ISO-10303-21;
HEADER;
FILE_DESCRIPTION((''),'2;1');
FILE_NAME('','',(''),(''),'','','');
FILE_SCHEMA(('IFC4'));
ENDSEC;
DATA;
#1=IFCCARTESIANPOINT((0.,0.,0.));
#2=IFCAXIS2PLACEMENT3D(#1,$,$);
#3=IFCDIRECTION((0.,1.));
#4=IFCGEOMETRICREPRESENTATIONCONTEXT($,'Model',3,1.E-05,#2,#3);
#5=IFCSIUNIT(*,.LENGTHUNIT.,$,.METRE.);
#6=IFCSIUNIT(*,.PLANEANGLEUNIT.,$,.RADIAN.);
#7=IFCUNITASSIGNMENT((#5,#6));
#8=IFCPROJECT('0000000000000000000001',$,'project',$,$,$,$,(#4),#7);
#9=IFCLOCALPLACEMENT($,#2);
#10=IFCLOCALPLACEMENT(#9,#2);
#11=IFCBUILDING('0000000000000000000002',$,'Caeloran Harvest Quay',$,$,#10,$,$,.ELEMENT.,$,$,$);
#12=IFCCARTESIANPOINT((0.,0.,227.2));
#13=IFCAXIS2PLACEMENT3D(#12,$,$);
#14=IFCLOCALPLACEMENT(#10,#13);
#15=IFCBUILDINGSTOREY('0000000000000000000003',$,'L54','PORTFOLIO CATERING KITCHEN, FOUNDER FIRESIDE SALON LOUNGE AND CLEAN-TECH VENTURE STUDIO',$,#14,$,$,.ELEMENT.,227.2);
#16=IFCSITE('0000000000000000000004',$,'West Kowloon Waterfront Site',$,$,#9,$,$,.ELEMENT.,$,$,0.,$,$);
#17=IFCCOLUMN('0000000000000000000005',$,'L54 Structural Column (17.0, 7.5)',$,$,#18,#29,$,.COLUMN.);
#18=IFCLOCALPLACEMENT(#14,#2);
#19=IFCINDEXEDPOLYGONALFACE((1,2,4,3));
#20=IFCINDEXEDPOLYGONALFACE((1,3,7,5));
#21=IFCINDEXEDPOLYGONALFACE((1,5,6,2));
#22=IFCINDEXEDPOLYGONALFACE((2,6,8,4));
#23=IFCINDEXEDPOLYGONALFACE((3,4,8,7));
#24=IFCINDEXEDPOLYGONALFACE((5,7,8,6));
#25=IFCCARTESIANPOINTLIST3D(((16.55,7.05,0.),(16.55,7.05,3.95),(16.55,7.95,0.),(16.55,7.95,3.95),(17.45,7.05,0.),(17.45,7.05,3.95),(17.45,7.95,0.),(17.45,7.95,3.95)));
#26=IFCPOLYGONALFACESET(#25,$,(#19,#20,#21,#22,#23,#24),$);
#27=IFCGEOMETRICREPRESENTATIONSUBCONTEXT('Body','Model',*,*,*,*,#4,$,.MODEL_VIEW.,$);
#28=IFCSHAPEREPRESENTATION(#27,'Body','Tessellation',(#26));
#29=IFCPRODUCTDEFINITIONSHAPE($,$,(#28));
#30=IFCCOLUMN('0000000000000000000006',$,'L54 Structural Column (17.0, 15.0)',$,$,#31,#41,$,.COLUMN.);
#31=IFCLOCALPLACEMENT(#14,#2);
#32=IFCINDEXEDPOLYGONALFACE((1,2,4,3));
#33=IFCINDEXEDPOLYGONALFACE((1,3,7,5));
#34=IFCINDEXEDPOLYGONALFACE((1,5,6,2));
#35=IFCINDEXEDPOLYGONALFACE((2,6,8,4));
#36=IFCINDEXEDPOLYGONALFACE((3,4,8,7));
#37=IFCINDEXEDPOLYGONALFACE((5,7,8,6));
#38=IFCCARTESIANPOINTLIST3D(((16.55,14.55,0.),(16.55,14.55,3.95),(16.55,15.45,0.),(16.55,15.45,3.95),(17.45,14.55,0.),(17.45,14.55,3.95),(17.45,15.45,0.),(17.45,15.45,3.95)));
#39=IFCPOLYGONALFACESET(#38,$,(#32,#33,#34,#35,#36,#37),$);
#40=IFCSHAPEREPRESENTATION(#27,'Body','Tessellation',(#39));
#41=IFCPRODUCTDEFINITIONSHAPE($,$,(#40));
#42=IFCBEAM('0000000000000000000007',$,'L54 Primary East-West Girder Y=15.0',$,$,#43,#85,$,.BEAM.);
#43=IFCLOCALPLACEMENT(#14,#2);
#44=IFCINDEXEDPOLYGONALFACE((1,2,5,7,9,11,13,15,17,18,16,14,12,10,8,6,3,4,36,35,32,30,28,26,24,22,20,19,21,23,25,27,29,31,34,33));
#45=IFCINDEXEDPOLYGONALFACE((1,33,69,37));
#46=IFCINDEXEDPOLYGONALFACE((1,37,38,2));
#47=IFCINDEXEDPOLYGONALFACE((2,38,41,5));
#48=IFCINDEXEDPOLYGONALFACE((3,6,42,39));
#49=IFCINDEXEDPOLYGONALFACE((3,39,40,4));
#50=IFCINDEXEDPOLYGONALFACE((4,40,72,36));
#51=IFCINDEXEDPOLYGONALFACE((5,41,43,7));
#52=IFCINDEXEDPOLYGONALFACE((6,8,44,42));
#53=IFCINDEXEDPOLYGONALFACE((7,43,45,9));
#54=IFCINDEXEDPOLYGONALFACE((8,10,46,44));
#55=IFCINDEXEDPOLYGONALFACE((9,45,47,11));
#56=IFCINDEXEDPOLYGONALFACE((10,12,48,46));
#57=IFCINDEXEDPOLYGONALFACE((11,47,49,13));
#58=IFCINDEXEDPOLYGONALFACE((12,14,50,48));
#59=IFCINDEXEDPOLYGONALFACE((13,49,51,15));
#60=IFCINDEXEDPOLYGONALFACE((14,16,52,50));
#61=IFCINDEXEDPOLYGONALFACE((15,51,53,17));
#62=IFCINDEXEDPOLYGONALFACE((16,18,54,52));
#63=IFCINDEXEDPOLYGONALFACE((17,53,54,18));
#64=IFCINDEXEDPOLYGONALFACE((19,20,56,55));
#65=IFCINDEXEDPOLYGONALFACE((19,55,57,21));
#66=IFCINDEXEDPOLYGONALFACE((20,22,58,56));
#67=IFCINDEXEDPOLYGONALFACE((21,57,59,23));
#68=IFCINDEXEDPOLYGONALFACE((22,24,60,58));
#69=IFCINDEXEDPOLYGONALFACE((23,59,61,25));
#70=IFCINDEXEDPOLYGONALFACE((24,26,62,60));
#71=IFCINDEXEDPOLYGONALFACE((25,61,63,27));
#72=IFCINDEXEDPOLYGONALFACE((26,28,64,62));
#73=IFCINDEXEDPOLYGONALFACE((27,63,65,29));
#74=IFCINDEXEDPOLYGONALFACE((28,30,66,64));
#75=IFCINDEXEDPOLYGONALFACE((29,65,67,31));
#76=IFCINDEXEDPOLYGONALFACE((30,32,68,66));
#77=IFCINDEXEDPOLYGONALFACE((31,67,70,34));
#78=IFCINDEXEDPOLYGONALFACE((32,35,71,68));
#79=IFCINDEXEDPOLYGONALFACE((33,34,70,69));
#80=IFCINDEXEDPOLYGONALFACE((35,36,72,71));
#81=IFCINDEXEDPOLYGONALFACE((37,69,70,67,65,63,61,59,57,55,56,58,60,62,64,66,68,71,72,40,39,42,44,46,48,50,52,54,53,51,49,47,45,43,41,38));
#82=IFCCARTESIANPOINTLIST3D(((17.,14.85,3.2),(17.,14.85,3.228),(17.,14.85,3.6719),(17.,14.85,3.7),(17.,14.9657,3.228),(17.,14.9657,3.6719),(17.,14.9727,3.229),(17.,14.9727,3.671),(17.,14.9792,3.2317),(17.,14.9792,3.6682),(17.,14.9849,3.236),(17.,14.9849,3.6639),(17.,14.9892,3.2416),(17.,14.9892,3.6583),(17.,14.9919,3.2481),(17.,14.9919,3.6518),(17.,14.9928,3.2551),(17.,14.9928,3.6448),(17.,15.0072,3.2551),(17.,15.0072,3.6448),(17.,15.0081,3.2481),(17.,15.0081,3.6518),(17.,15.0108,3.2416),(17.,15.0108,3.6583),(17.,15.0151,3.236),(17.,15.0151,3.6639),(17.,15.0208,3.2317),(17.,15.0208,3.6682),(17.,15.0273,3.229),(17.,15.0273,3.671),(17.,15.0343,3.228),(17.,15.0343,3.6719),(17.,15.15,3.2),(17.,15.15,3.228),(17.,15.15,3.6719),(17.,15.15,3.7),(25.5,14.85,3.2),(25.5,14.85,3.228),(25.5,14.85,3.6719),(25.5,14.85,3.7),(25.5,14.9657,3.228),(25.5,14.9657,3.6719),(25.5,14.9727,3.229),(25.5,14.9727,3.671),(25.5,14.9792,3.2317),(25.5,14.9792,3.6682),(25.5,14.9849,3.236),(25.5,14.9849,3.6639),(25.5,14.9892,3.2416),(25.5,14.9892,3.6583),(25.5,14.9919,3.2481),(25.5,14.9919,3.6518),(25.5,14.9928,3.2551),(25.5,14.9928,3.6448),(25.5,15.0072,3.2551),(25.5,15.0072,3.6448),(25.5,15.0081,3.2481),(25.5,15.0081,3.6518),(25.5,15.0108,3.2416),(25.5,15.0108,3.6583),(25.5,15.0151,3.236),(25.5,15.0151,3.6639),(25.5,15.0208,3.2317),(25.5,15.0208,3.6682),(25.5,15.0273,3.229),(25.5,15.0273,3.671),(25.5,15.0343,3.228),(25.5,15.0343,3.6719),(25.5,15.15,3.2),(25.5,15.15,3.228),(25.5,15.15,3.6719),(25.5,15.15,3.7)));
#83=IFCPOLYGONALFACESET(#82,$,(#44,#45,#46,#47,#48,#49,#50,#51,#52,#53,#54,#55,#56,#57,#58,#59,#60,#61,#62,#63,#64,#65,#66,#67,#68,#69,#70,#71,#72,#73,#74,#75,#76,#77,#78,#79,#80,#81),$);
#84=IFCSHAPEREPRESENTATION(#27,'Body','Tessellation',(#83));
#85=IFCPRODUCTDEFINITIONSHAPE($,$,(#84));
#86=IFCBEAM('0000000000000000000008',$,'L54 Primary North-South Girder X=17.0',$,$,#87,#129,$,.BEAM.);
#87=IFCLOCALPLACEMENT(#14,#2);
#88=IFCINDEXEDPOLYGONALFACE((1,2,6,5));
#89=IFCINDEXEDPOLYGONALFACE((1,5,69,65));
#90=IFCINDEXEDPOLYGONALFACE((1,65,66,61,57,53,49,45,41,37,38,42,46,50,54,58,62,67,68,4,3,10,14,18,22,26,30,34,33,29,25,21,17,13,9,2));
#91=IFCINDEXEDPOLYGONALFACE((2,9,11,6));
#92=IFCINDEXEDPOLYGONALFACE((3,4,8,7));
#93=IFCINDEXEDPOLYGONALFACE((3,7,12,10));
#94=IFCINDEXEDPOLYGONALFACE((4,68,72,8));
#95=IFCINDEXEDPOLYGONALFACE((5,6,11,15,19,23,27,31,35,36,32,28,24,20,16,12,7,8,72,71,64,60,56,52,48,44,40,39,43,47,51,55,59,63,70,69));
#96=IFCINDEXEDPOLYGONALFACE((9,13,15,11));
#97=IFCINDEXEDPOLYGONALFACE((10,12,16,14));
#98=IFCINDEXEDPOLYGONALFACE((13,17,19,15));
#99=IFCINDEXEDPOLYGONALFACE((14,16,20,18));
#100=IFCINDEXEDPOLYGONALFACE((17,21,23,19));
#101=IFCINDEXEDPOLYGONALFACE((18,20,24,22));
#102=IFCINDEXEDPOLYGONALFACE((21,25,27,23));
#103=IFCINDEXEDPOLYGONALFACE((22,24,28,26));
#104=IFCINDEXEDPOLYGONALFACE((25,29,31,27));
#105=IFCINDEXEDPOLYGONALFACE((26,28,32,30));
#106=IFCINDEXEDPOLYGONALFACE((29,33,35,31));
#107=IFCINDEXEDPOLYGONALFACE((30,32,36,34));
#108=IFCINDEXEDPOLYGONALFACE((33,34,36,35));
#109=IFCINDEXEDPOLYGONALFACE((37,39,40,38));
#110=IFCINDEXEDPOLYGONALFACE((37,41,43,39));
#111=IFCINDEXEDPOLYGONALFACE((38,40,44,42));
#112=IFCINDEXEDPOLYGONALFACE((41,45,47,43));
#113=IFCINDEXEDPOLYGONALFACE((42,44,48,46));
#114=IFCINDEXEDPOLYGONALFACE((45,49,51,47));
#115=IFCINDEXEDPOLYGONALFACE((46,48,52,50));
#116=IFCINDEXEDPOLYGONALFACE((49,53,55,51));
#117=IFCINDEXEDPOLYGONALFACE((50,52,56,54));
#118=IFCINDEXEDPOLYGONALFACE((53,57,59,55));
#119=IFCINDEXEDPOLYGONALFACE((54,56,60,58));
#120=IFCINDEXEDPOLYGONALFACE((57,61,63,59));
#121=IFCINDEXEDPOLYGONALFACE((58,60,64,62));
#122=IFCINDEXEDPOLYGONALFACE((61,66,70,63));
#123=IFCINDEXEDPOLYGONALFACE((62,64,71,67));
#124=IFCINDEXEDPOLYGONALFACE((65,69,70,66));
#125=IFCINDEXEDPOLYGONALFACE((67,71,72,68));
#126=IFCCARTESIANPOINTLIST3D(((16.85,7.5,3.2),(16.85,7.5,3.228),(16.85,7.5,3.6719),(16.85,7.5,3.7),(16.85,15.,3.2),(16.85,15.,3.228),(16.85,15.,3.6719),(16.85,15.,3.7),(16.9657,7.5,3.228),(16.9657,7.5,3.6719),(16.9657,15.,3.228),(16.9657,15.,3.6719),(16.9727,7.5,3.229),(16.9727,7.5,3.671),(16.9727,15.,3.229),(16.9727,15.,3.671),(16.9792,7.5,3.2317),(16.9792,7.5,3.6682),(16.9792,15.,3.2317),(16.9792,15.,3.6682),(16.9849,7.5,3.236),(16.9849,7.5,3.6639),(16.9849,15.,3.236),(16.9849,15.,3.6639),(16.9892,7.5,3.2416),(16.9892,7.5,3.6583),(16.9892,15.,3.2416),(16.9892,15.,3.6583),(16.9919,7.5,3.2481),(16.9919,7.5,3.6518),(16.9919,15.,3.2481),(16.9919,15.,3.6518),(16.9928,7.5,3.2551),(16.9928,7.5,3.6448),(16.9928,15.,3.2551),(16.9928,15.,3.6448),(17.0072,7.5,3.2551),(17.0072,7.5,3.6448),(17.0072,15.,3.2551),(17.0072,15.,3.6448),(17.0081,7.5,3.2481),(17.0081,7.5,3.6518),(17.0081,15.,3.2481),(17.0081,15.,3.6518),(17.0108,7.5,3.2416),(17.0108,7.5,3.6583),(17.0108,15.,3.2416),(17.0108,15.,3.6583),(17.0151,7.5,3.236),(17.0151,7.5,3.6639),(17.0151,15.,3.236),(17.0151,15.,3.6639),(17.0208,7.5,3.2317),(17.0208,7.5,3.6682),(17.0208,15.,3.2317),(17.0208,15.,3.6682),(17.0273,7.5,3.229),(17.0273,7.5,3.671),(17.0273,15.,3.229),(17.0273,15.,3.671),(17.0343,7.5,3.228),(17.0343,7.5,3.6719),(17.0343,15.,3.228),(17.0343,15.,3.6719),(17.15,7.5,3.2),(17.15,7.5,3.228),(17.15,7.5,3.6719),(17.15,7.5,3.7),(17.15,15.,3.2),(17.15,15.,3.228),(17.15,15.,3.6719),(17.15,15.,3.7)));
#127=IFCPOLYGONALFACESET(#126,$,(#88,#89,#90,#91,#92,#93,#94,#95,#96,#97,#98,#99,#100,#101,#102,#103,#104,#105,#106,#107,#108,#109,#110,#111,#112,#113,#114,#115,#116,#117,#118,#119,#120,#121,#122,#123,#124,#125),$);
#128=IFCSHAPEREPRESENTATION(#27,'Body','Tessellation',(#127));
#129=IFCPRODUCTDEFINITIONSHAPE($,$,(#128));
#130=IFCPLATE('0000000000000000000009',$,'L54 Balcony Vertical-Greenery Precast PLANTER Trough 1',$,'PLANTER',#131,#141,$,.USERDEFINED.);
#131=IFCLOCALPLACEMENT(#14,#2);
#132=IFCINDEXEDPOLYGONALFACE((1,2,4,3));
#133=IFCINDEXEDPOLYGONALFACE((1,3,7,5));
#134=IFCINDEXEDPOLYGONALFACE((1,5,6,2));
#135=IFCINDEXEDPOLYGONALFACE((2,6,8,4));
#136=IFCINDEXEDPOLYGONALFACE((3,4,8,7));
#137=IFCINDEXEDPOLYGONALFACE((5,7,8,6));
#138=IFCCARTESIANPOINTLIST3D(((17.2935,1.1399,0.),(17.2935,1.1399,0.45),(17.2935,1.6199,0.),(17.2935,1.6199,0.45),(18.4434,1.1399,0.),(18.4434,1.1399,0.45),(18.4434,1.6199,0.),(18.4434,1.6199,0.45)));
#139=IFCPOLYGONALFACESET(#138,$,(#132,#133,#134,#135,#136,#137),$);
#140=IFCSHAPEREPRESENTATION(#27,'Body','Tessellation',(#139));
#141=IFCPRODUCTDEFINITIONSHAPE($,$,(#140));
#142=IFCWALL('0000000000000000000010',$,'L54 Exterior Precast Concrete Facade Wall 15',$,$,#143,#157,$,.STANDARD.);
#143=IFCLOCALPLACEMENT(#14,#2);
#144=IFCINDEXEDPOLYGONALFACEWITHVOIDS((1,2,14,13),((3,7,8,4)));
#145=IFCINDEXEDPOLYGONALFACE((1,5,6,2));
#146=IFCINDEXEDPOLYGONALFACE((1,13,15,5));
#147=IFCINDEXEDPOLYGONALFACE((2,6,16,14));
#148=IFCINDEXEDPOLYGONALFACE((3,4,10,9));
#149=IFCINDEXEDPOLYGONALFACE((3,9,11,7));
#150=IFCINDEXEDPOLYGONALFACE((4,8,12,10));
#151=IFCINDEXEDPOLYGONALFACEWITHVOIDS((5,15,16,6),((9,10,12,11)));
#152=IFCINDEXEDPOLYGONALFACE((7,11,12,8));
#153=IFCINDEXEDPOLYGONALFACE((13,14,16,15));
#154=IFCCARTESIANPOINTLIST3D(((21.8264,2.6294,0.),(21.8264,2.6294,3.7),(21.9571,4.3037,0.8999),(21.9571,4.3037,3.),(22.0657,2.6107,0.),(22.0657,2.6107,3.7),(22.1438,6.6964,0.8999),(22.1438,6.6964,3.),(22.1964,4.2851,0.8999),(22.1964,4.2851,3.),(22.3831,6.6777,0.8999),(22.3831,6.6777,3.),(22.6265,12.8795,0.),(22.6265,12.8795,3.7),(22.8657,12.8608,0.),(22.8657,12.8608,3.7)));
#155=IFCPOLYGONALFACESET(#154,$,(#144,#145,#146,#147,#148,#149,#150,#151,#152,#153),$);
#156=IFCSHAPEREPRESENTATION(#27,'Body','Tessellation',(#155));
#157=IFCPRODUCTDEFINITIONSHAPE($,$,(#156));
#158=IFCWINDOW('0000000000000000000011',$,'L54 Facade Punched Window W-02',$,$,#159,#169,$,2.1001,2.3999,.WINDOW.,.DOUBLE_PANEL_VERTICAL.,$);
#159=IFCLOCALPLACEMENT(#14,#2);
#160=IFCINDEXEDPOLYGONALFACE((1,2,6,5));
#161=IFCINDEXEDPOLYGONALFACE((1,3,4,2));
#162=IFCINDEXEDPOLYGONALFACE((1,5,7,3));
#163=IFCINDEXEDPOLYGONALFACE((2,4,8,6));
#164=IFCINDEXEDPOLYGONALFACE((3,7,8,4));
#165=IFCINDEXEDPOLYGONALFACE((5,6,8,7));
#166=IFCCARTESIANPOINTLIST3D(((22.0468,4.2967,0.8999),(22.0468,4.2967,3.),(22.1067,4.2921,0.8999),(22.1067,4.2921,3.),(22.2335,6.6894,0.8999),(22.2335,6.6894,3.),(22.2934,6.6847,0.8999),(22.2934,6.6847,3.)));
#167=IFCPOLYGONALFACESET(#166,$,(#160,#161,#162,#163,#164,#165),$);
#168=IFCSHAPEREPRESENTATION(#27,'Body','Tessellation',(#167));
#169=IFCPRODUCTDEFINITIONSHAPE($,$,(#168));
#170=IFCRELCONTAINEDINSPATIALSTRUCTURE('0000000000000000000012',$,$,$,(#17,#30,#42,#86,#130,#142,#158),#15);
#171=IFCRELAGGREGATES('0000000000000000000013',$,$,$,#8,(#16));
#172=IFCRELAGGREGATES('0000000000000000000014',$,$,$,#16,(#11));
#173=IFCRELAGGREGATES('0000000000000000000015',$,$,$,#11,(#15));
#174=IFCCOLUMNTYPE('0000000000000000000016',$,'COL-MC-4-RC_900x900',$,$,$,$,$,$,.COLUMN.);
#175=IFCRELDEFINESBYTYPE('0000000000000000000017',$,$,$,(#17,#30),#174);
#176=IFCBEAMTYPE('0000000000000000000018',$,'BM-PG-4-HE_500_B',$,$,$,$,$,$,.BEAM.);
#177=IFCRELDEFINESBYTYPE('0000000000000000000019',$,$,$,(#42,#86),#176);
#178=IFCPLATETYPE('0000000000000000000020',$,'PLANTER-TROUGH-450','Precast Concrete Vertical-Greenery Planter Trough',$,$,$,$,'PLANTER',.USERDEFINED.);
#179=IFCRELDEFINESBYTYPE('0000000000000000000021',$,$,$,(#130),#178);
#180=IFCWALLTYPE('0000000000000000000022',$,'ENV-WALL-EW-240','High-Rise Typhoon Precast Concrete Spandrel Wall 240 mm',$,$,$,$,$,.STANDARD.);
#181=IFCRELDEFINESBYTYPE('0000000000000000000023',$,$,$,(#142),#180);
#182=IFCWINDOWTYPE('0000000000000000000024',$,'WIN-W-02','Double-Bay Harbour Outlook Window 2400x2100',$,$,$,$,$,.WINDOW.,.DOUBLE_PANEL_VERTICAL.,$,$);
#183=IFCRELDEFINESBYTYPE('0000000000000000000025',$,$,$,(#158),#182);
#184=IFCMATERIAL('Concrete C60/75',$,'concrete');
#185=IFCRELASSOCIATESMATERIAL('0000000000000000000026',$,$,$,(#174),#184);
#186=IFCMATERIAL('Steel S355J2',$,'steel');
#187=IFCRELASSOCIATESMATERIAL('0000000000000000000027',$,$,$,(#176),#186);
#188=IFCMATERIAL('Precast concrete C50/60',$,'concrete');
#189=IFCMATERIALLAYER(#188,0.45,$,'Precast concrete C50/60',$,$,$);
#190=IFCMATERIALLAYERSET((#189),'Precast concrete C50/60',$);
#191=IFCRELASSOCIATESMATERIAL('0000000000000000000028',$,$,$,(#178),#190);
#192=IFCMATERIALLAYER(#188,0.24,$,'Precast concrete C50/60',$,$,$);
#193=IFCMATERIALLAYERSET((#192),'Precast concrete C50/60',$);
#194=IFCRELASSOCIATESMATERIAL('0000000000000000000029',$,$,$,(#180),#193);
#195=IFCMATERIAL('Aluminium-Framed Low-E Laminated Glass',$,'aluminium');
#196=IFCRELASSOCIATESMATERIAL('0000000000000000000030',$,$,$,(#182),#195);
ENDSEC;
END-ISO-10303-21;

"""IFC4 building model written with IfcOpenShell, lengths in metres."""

from ifc_helpers import new_model, si_unit, direction, frame, frame_2d, origin, origin_2d, place, context, subcontext, project, spatial, rectangle, i_section, extrude, material, layer, layer_set, material_profile, profile_set, type_object, element, fill, save


model = new_model("IFC4")

# Units and contexts
model_context = context("Model", 3, precision=1e-05, world=origin(), true_north=direction((0.0, 1.0)))
body_context = subcontext(model_context, "Body", "Model", "MODEL_VIEW")
ifc_project = project(units=[si_unit("LENGTHUNIT", "METRE"), si_unit("PLANEANGLEUNIT", "RADIAN")], contexts=[model_context])

# Site, building, storey
site_placement = place(None, origin())
site = spatial("IfcSite", under=ifc_project, at=site_placement, Name="West Kowloon Waterfront Site", CompositionType="ELEMENT", RefElevation=0.0)
building_placement = place(site_placement, origin())
building = spatial("IfcBuilding", under=site, at=building_placement, Name="Caeloran Harvest Quay", CompositionType="ELEMENT")
storey_placement = place(building_placement, frame((0.0, 0.0, 227.2)))
storey = spatial("IfcBuildingStorey", under=building, at=storey_placement, Name="L54", Description="PORTFOLIO CATERING KITCHEN, FOUNDER FIRESIDE SALON LOUNGE AND CLEAN-TECH VENTURE STUDIO", CompositionType="ELEMENT", Elevation=227.2)

# Columns
ifc_material_1 = material(Name="Concrete C60/75", Category="concrete")
ifc_material_profile_1 = material_profile(ifc_material_1, rectangle(XDim=0.8999, YDim=0.8999, at=origin_2d()), Name="RC 900x900")
ifc_profile_set_1 = profile_set([ifc_material_profile_1], Name="Concrete C60/75")
column_type = type_object("IfcColumnType", Name="COL-MC-4-RC_900x900", PredefinedType="COLUMN", material=ifc_profile_set_1)
for number, where, z_axis, x_axis, name in (
    (1, (17.0, 7.5, 0.0), (0.0, 0.0, 1.0), (1.0, 0.0, 0.0), "L54 Structural Column (17.0, 7.5)"),
    (2, (17.0, 15.0, 0.0), (0.0, 0.0, 1.0), (1.0, 0.0, 0.0), "L54 Structural Column (17.0, 15.0)"),
):
    element("IfcColumn", number, at=place(storey_placement, frame(where, z_axis=z_axis, x_axis=x_axis)), inside=storey, type_object=column_type, Name=name, PredefinedType="COLUMN", context=body_context, shape_type="SweptSolid", body=[
        extrude(rectangle(XDim=0.8999, YDim=0.8999, at=origin_2d()), origin(), (0.0, 0.0, 1.0), 3.95),
    ])

# Beams
ifc_material_2 = material(Name="Steel S355J2", Category="steel")
ifc_material_profile_2 = material_profile(ifc_material_2, i_section(OverallWidth=0.3, OverallDepth=0.5, WebThickness=0.0144, FlangeThickness=0.0281, FilletRadius=0.0271, at=origin_2d()), Name="HE 500 B")
ifc_profile_set_2 = profile_set([ifc_material_profile_2], Name="Steel S355J2")
beam_type = type_object("IfcBeamType", Name="BM-PG-4-HE_500_B", PredefinedType="BEAM", material=ifc_profile_set_2)
beam_1_placement = place(storey_placement, frame((17.0, 15.0, 3.45), z_axis=(1.0, 0.0, 0.0), x_axis=(0.0, 1.0, 0.0)))
element("IfcBeam", 3, at=beam_1_placement, inside=storey, type_object=beam_type, Name="L54 Primary East-West Girder Y=15.0", PredefinedType="BEAM", context=body_context, shape_type="SweptSolid", body=[
    extrude(i_section(OverallWidth=0.3, OverallDepth=0.5, WebThickness=0.0144, FlangeThickness=0.0281, FilletRadius=0.0271, at=origin_2d()), origin(), (0.0, 0.0, 1.0), 8.5),
])
beam_2_placement = place(storey_placement, frame((17.0, 7.5, 3.45), z_axis=(0.0, 1.0, 0.0), x_axis=(-1.0, 0.0, 0.0)))
element("IfcBeam", 4, at=beam_2_placement, inside=storey, type_object=beam_type, Name="L54 Primary North-South Girder X=17.0", PredefinedType="BEAM", context=body_context, shape_type="SweptSolid", body=[
    extrude(i_section(OverallWidth=0.3, OverallDepth=0.5, WebThickness=0.0144, FlangeThickness=0.0281, FilletRadius=0.0271, at=origin_2d()), origin(), (0.0, 0.0, 1.0), 7.5),
])

# Plate
ifc_material_3 = material(Name="Precast concrete C50/60", Category="concrete")
ifc_layer_1 = layer(ifc_material_3, 0.45, Name="Precast concrete C50/60")
ifc_layer_set_1 = layer_set([ifc_layer_1], Name="Precast concrete C50/60")
plate_type = type_object("IfcPlateType", Name="PLANTER-TROUGH-450", Description="Precast Concrete Vertical-Greenery Planter Trough", ElementType="PLANTER", PredefinedType="USERDEFINED", material=ifc_layer_set_1)
plate_placement = place(storey_placement, frame((17.8684, 1.3799, 0.0), z_axis=(0.0, 0.0, 1.0), x_axis=(1.0, 0.0, 0.0)))
element("IfcPlate", 5, at=plate_placement, inside=storey, type_object=plate_type, Name="L54 Balcony Vertical-Greenery Precast PLANTER Trough 1", ObjectType="PLANTER", PredefinedType="USERDEFINED", context=body_context, shape_type="SweptSolid", body=[
    extrude(rectangle(XDim=1.1499, YDim=0.48, at=origin_2d()), origin(), (0.0, 0.0, 1.0), 0.45),
])

# Wall, opening, window
ifc_layer_2 = layer(ifc_material_3, 0.24, Name="Precast concrete C50/60")
ifc_layer_set_2 = layer_set([ifc_layer_2], Name="Precast concrete C50/60")
wall_type_1 = type_object("IfcWallType", Name="ENV-WALL-EW-240", Description="High-Rise Typhoon Precast Concrete Spandrel Wall 240 mm", PredefinedType="STANDARD", material=ifc_layer_set_2)
wall_1_placement = place(storey_placement, frame((22.7461, 12.8701, 0.0), z_axis=(0.0, 0.0, 1.0), x_axis=(-0.077817, -0.996968, 0.0)))
wall_1 = element("IfcWall", 6, at=wall_1_placement, inside=storey, type_object=wall_type_1, Name="L54 Exterior Precast Concrete Facade Wall 15", PredefinedType="STANDARD", context=body_context, shape_type="SweptSolid", body=[
    extrude(rectangle(XDim=10.2812, YDim=0.24, at=frame_2d((5.1406, 0.0))), origin(), (0.0, 0.0, 1.0), 3.7),
])
opening_1_placement = place(wall_1_placement, frame((6.2019, 0.0, 0.8999)))
opening_1 = element("IfcOpeningElement", 7, at=opening_1_placement, cuts=wall_1, PredefinedType="OPENING", context=body_context, shape_type="SweptSolid", body=[
    extrude(rectangle(XDim=2.3999, YDim=2.1001, at=frame_2d((1.2, 1.05))), frame((0.0, 0.1299, 0.0), z_axis=(0.0, -1.0, 0.0), x_axis=(1.0, 0.0, 0.0)), (0.0, 0.0, 1.0), 0.26),
])
ifc_material_4 = material(Name="Aluminium-Framed Low-E Laminated Glass", Category="aluminium")
window_type = type_object("IfcWindowType", Name="WIN-W-02", Description="Double-Bay Harbour Outlook Window 2400x2100", PartitioningType="DOUBLE_PANEL_VERTICAL", PredefinedType="WINDOW", material=ifc_material_4)
window_placement = place(opening_1_placement, origin())
window = element("IfcWindow", 8, at=window_placement, inside=storey, type_object=window_type, Name="L54 Facade Punched Window W-02", OverallHeight=2.1001, OverallWidth=2.3999, PartitioningType="DOUBLE_PANEL_VERTICAL", PredefinedType="WINDOW", context=body_context, shape_type="SweptSolid", body=[
    extrude(rectangle(XDim=2.3999, YDim=2.1001, at=frame_2d((1.2, 1.05))), frame((0.0, 0.03, 0.0), z_axis=(0.0, -1.0, 0.0), x_axis=(1.0, 0.0, 0.0)), (0.0, 0.0, 1.0), 0.0601),
])
fill(opening_1, window)

save(model, "model.ifc")
